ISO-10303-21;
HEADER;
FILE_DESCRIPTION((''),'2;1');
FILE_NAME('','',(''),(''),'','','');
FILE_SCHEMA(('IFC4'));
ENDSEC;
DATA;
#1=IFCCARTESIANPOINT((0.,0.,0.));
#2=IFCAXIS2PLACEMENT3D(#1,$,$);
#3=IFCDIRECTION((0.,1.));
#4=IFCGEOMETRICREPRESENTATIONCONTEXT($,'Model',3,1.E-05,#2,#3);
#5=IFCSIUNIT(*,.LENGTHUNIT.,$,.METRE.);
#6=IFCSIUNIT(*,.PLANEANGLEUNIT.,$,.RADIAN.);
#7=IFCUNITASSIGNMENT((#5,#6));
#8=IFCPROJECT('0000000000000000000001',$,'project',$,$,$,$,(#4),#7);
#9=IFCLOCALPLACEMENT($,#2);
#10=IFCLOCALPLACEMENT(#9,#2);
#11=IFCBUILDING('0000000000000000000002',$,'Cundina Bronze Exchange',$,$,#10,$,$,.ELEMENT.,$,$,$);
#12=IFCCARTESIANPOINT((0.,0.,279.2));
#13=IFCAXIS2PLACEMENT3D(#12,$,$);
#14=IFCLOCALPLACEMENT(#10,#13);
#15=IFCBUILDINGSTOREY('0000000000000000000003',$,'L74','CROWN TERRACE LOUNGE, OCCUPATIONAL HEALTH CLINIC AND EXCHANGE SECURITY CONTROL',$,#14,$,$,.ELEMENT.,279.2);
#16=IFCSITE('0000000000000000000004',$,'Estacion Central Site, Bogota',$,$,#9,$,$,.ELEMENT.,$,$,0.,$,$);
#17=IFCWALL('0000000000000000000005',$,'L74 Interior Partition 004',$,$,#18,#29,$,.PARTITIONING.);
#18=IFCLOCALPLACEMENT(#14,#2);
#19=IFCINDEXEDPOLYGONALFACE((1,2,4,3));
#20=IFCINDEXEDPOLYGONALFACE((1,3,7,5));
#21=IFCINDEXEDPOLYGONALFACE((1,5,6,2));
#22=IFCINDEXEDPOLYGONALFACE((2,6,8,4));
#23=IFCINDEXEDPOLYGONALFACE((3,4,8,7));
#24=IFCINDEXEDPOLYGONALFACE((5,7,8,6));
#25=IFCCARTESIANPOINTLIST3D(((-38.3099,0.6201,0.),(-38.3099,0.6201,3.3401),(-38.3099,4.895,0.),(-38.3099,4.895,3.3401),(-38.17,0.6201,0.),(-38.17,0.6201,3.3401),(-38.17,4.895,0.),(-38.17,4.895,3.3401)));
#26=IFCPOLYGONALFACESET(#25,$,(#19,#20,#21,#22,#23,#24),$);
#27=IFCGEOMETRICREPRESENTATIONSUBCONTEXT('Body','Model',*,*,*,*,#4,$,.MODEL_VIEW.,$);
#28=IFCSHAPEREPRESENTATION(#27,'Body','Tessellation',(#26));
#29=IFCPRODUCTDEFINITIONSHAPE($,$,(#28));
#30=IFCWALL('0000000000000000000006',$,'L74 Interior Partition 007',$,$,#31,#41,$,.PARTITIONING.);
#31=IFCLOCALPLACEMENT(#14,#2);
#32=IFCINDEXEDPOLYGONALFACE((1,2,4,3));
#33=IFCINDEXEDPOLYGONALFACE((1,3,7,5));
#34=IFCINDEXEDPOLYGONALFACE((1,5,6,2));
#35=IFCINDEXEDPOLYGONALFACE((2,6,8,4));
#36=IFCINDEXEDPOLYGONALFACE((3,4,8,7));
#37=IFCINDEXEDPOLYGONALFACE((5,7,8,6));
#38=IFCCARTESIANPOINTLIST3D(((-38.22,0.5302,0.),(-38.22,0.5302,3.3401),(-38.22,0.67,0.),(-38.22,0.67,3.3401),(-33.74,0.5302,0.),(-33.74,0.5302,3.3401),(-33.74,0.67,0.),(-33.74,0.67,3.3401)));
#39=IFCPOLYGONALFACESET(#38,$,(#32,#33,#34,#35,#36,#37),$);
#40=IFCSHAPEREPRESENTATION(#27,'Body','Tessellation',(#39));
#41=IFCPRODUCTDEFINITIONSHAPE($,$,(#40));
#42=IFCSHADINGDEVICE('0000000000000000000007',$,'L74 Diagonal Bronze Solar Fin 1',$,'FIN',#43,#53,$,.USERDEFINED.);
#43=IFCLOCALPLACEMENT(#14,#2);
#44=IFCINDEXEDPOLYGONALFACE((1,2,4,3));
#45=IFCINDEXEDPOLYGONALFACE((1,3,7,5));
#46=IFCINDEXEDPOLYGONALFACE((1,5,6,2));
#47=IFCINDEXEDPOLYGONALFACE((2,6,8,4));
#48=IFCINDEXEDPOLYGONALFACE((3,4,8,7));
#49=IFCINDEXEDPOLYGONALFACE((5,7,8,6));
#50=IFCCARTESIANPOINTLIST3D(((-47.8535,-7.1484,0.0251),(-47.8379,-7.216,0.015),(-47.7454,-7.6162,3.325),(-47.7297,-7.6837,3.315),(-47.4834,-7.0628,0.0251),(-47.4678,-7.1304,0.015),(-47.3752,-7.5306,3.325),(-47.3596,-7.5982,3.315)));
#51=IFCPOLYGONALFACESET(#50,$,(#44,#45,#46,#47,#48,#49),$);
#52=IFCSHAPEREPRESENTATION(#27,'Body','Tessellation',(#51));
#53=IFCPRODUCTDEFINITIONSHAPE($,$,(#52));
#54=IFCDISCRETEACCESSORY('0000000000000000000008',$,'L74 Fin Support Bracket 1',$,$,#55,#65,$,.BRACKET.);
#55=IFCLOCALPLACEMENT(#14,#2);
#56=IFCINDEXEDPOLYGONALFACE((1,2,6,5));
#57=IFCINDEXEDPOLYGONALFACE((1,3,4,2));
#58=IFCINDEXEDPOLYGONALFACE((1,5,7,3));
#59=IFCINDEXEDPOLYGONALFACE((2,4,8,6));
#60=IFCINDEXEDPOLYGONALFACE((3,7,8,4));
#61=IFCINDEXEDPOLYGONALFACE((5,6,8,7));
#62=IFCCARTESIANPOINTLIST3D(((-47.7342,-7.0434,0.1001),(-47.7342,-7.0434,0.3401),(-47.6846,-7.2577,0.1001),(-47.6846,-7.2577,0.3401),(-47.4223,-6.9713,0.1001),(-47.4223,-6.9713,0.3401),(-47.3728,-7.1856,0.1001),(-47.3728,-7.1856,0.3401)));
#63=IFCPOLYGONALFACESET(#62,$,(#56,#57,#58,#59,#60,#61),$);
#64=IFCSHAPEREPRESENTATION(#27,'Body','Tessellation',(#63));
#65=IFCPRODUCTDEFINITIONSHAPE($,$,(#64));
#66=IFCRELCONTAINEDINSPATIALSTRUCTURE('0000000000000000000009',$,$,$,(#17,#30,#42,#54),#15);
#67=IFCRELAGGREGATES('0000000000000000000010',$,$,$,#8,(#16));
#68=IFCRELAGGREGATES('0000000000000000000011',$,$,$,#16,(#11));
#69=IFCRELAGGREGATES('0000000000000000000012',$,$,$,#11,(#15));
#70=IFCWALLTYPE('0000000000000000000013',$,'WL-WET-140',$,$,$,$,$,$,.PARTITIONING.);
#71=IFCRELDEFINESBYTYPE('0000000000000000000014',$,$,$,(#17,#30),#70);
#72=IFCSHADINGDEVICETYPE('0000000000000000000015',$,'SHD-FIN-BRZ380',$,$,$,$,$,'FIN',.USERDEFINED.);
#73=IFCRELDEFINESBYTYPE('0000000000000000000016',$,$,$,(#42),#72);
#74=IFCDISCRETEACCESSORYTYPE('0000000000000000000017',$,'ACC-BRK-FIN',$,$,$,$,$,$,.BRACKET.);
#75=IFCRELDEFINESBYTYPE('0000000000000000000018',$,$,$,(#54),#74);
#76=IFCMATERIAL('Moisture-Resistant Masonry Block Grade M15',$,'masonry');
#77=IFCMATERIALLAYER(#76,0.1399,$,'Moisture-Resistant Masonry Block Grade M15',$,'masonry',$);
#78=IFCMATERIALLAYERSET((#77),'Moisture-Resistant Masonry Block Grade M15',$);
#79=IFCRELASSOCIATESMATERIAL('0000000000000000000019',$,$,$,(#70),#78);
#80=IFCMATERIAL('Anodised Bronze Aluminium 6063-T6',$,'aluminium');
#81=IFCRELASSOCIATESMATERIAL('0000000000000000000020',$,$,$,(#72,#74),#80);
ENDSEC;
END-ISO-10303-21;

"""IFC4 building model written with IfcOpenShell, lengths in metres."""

from ifc_helpers import new_model, si_unit, direction, frame, frame_2d, origin, origin_2d, place, context, subcontext, project, spatial, rectangle, extrude, material, layer, layer_set, material_profile, profile_set, type_object, element, save


model = new_model("IFC4")

# Units and contexts
model_context = context("Model", 3, precision=1e-05, world=origin(), true_north=direction((0.0, 1.0)))
body_context = subcontext(model_context, "Body", "Model", "MODEL_VIEW")
ifc_project = project(units=[si_unit("LENGTHUNIT", "METRE"), si_unit("PLANEANGLEUNIT", "RADIAN")], contexts=[model_context])

# Site, building, storey
site_placement = place(None, origin())
site = spatial("IfcSite", under=ifc_project, at=site_placement, Name="Estacion Central Site, Bogota", CompositionType="ELEMENT", RefElevation=0.0)
building_placement = place(site_placement, origin())
building = spatial("IfcBuilding", under=site, at=building_placement, Name="Cundina Bronze Exchange", CompositionType="ELEMENT")
storey_placement = place(building_placement, frame((0.0, 0.0, 279.2)))
storey = spatial("IfcBuildingStorey", under=building, at=storey_placement, Name="L74", Description="CROWN TERRACE LOUNGE, OCCUPATIONAL HEALTH CLINIC AND EXCHANGE SECURITY CONTROL", CompositionType="ELEMENT", Elevation=279.2)

# Shared definitions
ifc_material_1 = material(Name="Anodised Bronze Aluminium 6063-T6", Category="aluminium")

# Walls
ifc_material_2 = material(Name="Moisture-Resistant Masonry Block Grade M15", Category="masonry")
ifc_layer_1 = layer(ifc_material_2, 0.1399, Name="Moisture-Resistant Masonry Block Grade M15", Category="masonry")
ifc_layer_set_1 = layer_set([ifc_layer_1], Name="Moisture-Resistant Masonry Block Grade M15")
wall_type_1 = type_object("IfcWallType", Name="WL-WET-140", PredefinedType="PARTITIONING", material=ifc_layer_set_1)
wall_1_placement = place(storey_placement, frame((-38.24, 0.6201, 0.0), z_axis=(0.0, 0.0, 1.0), x_axis=(0.0, 1.0, 0.0)))
element("IfcWall", 1, at=wall_1_placement, inside=storey, type_object=wall_type_1, Name="L74 Interior Partition 004", PredefinedType="PARTITIONING", context=body_context, shape_type="SweptSolid", body=[
    extrude(rectangle(XDim=4.2749, YDim=0.1399, at=frame_2d((2.1375, 0.0))), origin(), (0.0, 0.0, 1.0), 3.3401),
])
wall_2_placement = place(storey_placement, frame((-38.22, 0.6001, 0.0), z_axis=(0.0, 0.0, 1.0), x_axis=(1.0, 0.0, 0.0)))
element("IfcWall", 2, at=wall_2_placement, inside=storey, type_object=wall_type_1, Name="L74 Interior Partition 007", PredefinedType="PARTITIONING", context=body_context, shape_type="SweptSolid", body=[
    extrude(rectangle(XDim=4.48, YDim=0.1399, at=frame_2d((2.24, 0.0))), origin(), (0.0, 0.0, 1.0), 3.3401),
])

# Shading device
ifc_material_profile_1 = material_profile(ifc_material_1, rectangle(XDim=0.0701, YDim=0.3799, at=origin_2d()), Name="FIN70X380", Category="aluminium")
ifc_profile_set_1 = profile_set([ifc_material_profile_1], Name="Anodised Bronze Aluminium 6063-T6")
shading_device_type = type_object("IfcShadingDeviceType", Name="SHD-FIN-BRZ380", ElementType="FIN", PredefinedType="USERDEFINED", material=ifc_profile_set_1)
shading_device_placement = place(storey_placement, frame((-47.6606, -7.1394, 0.02), z_axis=(0.032432, -0.140271, 0.989582), x_axis=(-0.222921, 0.964146, 0.143971)))
element("IfcShadingDevice", 3, at=shading_device_placement, inside=storey, type_object=shading_device_type, Name="L74 Diagonal Bronze Solar Fin 1", ObjectType="FIN", PredefinedType="USERDEFINED", context=body_context, shape_type="SweptSolid", body=[
    extrude(rectangle(XDim=0.0701, YDim=0.3799, at=origin_2d()), origin(), (0.0, 0.0, 1.0), 3.3347),
])

# Discrete accessory
discrete_accessory_type = type_object("IfcDiscreteAccessoryType", Name="ACC-BRK-FIN", PredefinedType="BRACKET", material=ifc_material_1)
discrete_accessory_placement = place(storey_placement, frame((-47.5535, -7.1145, 0.1001), z_axis=(0.0, 0.0, 1.0), x_axis=(0.22524, -0.974303, 0.0)))
element("IfcDiscreteAccessory", 4, at=discrete_accessory_placement, inside=storey, type_object=discrete_accessory_type, Name="L74 Fin Support Bracket 1", PredefinedType="BRACKET", context=body_context, shape_type="SweptSolid", body=[
    extrude(rectangle(XDim=0.22, YDim=0.3201, at=origin_2d()), origin(), (0.0, 0.0, 1.0), 0.24),
])

save(model, "model.ifc")
